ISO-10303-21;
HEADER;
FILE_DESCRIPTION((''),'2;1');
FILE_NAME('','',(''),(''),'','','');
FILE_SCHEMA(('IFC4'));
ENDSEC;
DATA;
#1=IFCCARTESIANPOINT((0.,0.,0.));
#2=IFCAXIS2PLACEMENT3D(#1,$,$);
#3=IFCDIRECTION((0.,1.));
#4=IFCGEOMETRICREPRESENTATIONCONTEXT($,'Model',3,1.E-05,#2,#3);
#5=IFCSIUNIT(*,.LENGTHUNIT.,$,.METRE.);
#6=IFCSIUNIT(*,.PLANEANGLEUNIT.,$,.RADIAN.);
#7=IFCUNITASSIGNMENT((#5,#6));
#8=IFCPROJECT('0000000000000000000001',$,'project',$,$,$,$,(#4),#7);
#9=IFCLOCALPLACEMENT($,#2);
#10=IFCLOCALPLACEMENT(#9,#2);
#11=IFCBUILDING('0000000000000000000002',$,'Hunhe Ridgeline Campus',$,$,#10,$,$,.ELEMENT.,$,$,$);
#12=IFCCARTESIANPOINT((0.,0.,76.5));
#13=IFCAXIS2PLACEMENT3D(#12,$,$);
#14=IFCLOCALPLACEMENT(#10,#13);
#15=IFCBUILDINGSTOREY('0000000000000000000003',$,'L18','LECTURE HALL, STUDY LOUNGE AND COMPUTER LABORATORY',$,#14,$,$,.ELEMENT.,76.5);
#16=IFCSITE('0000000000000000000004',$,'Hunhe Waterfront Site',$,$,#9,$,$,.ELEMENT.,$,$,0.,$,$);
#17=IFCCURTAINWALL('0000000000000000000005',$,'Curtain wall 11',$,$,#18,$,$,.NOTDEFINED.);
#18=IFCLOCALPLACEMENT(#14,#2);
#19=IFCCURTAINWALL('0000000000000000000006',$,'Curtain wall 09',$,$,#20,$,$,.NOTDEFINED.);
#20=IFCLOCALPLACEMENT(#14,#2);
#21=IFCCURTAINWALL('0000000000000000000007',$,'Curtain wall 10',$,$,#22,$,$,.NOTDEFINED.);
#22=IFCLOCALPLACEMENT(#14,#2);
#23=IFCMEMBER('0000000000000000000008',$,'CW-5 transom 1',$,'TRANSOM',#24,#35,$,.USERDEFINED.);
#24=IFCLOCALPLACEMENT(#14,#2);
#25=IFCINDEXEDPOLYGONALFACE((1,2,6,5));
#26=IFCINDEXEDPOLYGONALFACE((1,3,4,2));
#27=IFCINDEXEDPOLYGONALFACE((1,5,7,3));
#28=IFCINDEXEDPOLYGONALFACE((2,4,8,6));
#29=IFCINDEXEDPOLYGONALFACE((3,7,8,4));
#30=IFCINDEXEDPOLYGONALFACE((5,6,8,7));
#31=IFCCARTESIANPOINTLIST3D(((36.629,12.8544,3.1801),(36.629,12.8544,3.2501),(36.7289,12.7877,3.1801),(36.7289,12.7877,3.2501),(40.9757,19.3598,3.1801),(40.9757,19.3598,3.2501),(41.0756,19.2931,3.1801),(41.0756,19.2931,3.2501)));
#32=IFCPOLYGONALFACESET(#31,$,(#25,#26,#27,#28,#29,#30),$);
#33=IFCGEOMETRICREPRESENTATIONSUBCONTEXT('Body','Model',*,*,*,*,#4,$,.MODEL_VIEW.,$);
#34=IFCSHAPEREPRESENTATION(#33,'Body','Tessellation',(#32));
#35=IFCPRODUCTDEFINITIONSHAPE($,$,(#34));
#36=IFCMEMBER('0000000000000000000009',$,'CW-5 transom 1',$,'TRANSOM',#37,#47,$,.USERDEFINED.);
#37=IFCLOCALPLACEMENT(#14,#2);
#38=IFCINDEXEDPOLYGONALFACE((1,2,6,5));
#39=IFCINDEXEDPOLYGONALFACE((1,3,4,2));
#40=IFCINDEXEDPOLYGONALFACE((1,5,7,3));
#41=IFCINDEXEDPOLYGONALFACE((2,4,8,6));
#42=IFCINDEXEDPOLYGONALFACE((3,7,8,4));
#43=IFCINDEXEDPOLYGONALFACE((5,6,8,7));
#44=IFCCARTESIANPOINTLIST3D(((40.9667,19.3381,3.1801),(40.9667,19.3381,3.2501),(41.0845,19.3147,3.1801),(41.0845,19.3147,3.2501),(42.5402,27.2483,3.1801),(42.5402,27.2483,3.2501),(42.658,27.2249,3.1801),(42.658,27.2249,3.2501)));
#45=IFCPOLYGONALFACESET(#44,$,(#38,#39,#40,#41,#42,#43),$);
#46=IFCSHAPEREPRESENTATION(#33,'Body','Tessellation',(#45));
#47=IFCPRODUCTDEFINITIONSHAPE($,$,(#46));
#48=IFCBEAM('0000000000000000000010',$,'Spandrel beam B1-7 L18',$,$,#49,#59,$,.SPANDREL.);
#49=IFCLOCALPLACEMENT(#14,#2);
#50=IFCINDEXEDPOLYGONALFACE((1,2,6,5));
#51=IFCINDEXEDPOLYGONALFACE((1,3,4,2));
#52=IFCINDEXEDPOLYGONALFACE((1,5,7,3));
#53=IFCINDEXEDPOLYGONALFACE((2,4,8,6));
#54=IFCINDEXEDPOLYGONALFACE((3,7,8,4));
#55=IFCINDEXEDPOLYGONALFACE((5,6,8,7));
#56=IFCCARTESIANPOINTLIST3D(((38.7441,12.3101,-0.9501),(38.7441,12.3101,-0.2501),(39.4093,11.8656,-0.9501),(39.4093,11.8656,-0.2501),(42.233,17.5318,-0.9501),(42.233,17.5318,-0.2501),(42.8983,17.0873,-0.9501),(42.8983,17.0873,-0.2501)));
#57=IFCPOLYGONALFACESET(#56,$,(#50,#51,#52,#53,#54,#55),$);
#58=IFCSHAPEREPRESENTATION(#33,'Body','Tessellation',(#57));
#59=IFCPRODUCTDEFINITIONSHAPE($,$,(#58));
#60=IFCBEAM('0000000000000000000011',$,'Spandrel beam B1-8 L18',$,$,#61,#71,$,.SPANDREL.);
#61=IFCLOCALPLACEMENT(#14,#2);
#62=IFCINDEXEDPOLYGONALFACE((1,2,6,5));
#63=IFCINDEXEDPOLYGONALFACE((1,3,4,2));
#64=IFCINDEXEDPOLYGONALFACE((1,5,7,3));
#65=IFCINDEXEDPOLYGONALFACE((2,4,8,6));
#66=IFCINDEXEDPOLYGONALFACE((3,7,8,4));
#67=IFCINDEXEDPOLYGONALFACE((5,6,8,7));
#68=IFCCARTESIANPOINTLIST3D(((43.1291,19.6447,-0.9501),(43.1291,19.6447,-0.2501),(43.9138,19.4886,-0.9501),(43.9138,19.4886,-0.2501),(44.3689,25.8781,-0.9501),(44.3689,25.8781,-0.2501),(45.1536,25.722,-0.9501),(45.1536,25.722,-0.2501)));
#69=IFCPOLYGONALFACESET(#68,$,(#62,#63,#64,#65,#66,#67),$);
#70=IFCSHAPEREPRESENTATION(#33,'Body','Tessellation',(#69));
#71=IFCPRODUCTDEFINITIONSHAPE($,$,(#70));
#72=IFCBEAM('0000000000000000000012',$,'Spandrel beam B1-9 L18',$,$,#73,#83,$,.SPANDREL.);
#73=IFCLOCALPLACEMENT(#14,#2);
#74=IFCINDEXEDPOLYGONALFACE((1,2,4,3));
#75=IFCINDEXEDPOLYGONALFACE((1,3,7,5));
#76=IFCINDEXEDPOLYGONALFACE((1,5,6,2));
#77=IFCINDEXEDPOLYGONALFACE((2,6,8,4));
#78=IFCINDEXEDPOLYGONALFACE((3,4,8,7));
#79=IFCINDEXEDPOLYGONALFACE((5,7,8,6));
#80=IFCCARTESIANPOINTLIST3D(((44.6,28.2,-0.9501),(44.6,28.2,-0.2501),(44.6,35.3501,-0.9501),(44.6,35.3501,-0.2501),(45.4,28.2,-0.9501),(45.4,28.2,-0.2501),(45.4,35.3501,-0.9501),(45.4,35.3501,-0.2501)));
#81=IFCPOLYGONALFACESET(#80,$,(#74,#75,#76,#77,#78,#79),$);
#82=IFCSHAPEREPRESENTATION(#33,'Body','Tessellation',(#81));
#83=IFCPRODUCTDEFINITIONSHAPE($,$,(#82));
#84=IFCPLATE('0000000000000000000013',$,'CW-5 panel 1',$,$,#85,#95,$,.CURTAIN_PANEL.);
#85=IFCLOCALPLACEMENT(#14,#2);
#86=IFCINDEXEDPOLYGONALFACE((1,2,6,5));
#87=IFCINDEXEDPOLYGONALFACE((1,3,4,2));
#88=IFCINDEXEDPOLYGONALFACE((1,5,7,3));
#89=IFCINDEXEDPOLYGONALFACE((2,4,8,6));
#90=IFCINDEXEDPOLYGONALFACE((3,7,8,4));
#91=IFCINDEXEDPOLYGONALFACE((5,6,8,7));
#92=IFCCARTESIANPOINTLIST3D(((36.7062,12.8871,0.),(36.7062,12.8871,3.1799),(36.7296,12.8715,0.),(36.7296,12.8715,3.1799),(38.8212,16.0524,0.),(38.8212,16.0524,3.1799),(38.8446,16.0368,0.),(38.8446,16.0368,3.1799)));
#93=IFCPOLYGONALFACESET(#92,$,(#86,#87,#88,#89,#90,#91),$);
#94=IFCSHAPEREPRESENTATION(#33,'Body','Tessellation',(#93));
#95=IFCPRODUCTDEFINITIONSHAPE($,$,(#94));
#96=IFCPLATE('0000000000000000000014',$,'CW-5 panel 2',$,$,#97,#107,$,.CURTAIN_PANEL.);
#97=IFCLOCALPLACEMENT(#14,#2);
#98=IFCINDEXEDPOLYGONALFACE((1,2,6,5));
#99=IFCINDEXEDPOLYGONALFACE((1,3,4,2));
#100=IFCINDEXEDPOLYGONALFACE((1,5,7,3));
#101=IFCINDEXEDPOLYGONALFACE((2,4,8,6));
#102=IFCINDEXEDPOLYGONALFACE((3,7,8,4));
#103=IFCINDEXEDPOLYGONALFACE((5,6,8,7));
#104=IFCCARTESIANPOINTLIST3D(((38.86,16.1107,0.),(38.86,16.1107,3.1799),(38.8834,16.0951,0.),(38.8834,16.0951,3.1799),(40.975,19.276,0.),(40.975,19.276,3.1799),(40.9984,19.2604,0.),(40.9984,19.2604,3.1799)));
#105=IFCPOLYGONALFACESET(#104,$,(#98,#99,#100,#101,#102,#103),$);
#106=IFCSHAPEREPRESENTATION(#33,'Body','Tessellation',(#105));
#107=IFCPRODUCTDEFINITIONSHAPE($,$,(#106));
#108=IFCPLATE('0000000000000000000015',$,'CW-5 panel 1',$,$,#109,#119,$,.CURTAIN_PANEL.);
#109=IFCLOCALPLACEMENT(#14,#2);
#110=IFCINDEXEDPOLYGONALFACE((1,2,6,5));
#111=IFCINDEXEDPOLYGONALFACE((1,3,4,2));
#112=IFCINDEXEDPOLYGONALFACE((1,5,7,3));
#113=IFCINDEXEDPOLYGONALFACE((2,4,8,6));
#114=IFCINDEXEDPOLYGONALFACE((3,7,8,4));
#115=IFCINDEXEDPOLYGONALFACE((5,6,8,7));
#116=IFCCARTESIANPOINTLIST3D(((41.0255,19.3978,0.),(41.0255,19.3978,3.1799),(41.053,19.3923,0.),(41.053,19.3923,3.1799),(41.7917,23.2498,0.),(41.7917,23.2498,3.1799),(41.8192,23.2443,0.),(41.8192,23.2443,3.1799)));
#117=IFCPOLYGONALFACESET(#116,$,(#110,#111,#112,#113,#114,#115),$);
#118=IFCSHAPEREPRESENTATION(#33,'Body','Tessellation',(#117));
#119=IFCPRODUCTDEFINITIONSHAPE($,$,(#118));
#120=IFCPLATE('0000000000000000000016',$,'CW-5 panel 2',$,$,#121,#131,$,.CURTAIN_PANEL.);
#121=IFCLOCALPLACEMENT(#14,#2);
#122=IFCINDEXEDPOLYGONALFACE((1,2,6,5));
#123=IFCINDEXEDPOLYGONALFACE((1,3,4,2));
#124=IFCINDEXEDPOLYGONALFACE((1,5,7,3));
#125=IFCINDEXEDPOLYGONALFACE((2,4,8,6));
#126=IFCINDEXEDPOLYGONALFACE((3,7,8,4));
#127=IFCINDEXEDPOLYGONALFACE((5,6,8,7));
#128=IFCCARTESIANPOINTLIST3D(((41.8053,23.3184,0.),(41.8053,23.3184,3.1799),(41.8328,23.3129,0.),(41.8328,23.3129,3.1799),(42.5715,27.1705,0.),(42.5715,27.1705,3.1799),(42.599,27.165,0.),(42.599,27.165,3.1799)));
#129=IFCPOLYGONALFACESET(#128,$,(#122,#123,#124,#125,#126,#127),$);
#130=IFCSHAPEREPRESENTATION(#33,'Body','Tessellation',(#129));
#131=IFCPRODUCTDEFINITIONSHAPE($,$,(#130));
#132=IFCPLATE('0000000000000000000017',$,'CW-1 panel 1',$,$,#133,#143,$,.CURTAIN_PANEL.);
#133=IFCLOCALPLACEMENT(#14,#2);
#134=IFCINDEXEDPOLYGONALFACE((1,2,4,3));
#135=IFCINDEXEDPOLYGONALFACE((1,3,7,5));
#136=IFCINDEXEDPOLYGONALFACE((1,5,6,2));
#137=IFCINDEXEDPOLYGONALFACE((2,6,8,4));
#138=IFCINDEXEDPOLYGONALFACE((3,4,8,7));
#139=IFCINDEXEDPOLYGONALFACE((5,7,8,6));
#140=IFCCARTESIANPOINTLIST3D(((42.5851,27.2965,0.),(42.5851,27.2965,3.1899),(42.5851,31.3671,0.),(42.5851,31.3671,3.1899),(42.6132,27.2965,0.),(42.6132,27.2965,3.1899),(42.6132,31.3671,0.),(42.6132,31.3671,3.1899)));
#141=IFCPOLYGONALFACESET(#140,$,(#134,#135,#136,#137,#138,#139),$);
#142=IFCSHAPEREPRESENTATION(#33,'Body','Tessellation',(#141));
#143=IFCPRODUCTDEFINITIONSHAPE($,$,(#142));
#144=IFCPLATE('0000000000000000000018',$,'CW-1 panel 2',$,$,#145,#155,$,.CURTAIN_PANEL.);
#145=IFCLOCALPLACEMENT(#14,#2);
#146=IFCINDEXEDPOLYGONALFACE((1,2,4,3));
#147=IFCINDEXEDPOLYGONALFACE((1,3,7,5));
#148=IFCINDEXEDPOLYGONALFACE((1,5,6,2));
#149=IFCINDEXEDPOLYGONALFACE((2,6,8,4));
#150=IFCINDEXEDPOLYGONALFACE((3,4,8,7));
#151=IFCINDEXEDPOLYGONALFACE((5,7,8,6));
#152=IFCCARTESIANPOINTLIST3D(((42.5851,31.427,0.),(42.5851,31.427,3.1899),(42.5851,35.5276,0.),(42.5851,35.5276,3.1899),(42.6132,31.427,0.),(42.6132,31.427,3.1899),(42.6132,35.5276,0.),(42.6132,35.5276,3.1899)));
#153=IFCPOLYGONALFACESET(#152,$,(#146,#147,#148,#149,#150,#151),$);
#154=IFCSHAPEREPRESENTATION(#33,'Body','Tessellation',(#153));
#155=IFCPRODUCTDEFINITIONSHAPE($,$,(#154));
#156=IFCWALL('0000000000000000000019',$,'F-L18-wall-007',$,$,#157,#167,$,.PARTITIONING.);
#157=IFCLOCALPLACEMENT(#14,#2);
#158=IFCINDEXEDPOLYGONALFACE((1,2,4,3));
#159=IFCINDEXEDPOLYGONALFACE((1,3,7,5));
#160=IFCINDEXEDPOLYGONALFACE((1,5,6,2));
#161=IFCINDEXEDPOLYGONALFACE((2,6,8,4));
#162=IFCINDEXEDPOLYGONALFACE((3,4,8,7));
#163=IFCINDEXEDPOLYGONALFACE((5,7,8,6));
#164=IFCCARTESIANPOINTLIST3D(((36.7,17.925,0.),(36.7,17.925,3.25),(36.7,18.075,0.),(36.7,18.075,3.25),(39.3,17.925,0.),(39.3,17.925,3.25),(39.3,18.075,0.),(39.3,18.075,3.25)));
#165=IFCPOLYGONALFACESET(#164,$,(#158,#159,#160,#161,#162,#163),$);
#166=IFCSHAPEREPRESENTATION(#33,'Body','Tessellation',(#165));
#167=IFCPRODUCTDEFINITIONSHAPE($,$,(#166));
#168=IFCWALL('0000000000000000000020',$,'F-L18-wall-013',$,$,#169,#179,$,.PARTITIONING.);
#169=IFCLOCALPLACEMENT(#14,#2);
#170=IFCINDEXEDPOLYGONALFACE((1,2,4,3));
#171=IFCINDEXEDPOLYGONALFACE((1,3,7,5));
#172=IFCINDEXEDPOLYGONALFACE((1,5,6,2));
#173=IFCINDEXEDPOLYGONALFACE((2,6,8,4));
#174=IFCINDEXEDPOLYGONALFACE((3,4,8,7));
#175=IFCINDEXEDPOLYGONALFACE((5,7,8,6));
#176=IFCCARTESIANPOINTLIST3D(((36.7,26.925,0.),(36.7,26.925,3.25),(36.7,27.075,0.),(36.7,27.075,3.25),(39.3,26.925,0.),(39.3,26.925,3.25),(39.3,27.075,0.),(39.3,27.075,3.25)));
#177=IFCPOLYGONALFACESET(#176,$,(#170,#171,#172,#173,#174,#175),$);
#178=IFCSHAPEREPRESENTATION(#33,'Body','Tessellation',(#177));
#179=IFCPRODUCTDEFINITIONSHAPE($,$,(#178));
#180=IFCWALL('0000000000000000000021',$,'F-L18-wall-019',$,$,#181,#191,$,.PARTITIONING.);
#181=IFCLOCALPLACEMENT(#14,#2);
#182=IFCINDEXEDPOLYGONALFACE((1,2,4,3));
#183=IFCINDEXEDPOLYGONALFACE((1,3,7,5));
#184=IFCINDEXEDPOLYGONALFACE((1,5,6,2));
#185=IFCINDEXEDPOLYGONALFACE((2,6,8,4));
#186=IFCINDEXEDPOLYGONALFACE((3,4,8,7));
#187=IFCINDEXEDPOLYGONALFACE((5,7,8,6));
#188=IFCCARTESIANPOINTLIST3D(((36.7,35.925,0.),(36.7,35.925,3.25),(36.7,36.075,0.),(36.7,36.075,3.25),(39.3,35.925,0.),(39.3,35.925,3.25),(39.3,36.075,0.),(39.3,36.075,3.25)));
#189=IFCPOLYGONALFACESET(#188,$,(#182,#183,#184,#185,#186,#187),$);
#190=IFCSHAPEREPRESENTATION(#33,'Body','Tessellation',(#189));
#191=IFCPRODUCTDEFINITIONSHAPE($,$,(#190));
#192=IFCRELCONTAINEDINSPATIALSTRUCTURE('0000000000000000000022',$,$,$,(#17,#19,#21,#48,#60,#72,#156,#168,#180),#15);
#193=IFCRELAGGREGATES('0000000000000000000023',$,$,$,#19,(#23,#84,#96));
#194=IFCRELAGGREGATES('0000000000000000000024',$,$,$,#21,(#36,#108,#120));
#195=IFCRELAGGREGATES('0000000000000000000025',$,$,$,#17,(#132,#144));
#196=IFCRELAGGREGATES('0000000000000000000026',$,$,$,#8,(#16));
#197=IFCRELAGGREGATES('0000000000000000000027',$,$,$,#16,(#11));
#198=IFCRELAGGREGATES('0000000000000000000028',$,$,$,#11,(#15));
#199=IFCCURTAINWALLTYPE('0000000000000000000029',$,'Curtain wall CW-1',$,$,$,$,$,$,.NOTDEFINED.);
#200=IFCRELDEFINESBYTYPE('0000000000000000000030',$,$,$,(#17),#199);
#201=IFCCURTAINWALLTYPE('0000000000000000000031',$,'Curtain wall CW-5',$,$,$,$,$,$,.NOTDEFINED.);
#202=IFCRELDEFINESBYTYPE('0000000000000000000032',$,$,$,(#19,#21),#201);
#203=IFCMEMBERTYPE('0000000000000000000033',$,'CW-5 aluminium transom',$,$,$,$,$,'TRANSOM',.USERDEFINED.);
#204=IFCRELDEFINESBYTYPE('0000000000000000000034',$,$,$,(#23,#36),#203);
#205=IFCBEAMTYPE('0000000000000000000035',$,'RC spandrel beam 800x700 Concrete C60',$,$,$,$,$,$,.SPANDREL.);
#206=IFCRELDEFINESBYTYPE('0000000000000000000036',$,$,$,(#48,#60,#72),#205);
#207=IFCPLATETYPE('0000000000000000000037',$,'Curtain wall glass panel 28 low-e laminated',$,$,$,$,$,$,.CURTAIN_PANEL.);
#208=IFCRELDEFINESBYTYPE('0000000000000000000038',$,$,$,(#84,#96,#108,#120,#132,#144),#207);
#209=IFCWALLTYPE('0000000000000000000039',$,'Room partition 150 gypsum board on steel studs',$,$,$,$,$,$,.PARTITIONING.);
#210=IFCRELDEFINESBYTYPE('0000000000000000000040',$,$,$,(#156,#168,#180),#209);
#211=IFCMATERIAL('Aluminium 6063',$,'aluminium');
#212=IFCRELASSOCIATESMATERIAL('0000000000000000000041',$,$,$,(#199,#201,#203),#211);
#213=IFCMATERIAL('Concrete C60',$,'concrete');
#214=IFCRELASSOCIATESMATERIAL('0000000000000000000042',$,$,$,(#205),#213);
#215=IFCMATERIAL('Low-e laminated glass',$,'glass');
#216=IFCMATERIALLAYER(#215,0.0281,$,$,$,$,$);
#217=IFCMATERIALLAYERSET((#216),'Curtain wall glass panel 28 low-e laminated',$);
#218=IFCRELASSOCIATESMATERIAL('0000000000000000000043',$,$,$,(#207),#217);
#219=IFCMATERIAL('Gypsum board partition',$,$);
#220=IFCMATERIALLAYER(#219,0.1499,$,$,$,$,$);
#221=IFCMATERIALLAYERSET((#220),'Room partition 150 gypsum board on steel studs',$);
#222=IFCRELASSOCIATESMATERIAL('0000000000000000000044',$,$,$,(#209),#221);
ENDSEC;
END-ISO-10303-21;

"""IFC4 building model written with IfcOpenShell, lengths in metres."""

from ifc_helpers import new_model, si_unit, direction, frame, frame_2d, origin, origin_2d, place, context, subcontext, project, spatial, rectangle, extrude, material, layer, layer_set, material_profile, profile_set, type_object, element, aggregate, save


model = new_model("IFC4")

# Units and contexts
model_context = context("Model", 3, precision=1e-05, world=origin(), true_north=direction((0.0, 1.0)))
body_context = subcontext(model_context, "Body", "Model", "MODEL_VIEW")
ifc_project = project(units=[si_unit("LENGTHUNIT", "METRE"), si_unit("PLANEANGLEUNIT", "RADIAN")], contexts=[model_context])

# Site, building, storey
site_placement = place(None, origin())
site = spatial("IfcSite", under=ifc_project, at=site_placement, Name="Hunhe Waterfront Site", CompositionType="ELEMENT", RefElevation=0.0)
building_placement = place(site_placement, origin())
building = spatial("IfcBuilding", under=site, at=building_placement, Name="Hunhe Ridgeline Campus", CompositionType="ELEMENT")
storey_placement = place(building_placement, frame((0.0, 0.0, 76.5)))
storey = spatial("IfcBuildingStorey", under=building, at=storey_placement, Name="L18", Description="LECTURE HALL, STUDY LOUNGE AND COMPUTER LABORATORY", CompositionType="ELEMENT", Elevation=76.5)

# Curtain wall
ifc_material_1 = material(Name="Aluminium 6063", Category="aluminium")
curtain_wall_type_1 = type_object("IfcCurtainWallType", Name="Curtain wall CW-1", PredefinedType="NOTDEFINED", material=ifc_material_1)
curtain_wall_1_placement = place(storey_placement, origin())
curtain_wall_1 = element("IfcCurtainWall", 1, at=curtain_wall_1_placement, inside=storey, type_object=curtain_wall_type_1, Name="Curtain wall 11", PredefinedType="NOTDEFINED")

# Shared definitions
curtain_wall_type_2 = type_object("IfcCurtainWallType", Name="Curtain wall CW-5", PredefinedType="NOTDEFINED", material=ifc_material_1)

# Curtain walls
curtain_wall_2_placement = place(storey_placement, origin())
curtain_wall_2 = element("IfcCurtainWall", 2, at=curtain_wall_2_placement, inside=storey, type_object=curtain_wall_type_2, Name="Curtain wall 09", PredefinedType="NOTDEFINED")
curtain_wall_3_placement = place(storey_placement, origin())
curtain_wall_3 = element("IfcCurtainWall", 3, at=curtain_wall_3_placement, inside=storey, type_object=curtain_wall_type_2, Name="Curtain wall 10", PredefinedType="NOTDEFINED")

# Members
ifc_material_profile_1 = material_profile(ifc_material_1, rectangle(XDim=0.1201, YDim=0.0701, at=origin_2d()))
ifc_profile_set_1 = profile_set([ifc_material_profile_1], Name="Aluminium 6063")
member_type_1 = type_object("IfcMemberType", Name="CW-5 aluminium transom", ElementType="TRANSOM", PredefinedType="USERDEFINED", material=ifc_profile_set_1)
member_1_placement = place(storey_placement, frame((36.679, 12.821, 3.2151), z_axis=(0.555564, 0.831474, 0.0), x_axis=(-0.831474, 0.555564, 0.0)))
member_1 = element("IfcMember", 4, at=member_1_placement, type_object=member_type_1, Name="CW-5 transom 1", ObjectType="TRANSOM", PredefinedType="USERDEFINED", context=body_context, shape_type="SweptSolid", body=[
    extrude(rectangle(XDim=0.1201, YDim=0.0701, at=origin_2d()), origin(), (0.0, 0.0, 1.0), 7.824),
])
member_2_placement = place(storey_placement, frame((41.0256, 19.3264, 3.2151), z_axis=(0.195097, 0.980784, 0.0), x_axis=(-0.980784, 0.195097, 0.0)))
member_2 = element("IfcMember", 5, at=member_2_placement, type_object=member_type_1, Name="CW-5 transom 1", ObjectType="TRANSOM", PredefinedType="USERDEFINED", context=body_context, shape_type="SweptSolid", body=[
    extrude(rectangle(XDim=0.1201, YDim=0.0701, at=origin_2d()), origin(), (0.0, 0.0, 1.0), 8.0652),
])

# Beams
ifc_material_2 = material(Name="Concrete C60", Category="concrete")
ifc_material_profile_2 = material_profile(ifc_material_2, rectangle(XDim=0.8, YDim=0.7, at=origin_2d()))
ifc_profile_set_2 = profile_set([ifc_material_profile_2], Name="Concrete C60")
beam_type = type_object("IfcBeamType", Name="RC spandrel beam 800x700 Concrete C60", PredefinedType="SPANDREL", material=ifc_profile_set_2)
beam_1_placement = place(storey_placement, frame((39.0767, 12.0879, -0.6001), z_axis=(0.55557, 0.83147, 0.0), x_axis=(-0.83147, 0.55557, 0.0)))
element("IfcBeam", 6, at=beam_1_placement, inside=storey, type_object=beam_type, Name="Spandrel beam B1-7 L18", PredefinedType="SPANDREL", context=body_context, shape_type="SweptSolid", body=[
    extrude(rectangle(XDim=0.8, YDim=0.7, at=origin_2d()), origin(), (0.0, 0.0, 1.0), 6.28),
])
beam_2_placement = place(storey_placement, frame((43.5215, 19.5667, -0.6001), z_axis=(0.195067, 0.98079, 0.0), x_axis=(-0.98079, 0.195067, 0.0)))
element("IfcBeam", 7, at=beam_2_placement, inside=storey, type_object=beam_type, Name="Spandrel beam B1-8 L18", PredefinedType="SPANDREL", context=body_context, shape_type="SweptSolid", body=[
    extrude(rectangle(XDim=0.8, YDim=0.7, at=origin_2d()), origin(), (0.0, 0.0, 1.0), 6.3555),
])
beam_3_placement = place(storey_placement, frame((45.0, 28.2, -0.6001), z_axis=(0.0, 1.0, 0.0), x_axis=(-1.0, 0.0, 0.0)))
element("IfcBeam", 8, at=beam_3_placement, inside=storey, type_object=beam_type, Name="Spandrel beam B1-9 L18", PredefinedType="SPANDREL", context=body_context, shape_type="SweptSolid", body=[
    extrude(rectangle(XDim=0.8, YDim=0.7, at=origin_2d()), origin(), (0.0, 0.0, 1.0), 7.1501),
])

# Plates
ifc_material_3 = material(Name="Low-e laminated glass", Category="glass")
ifc_layer_1 = layer(ifc_material_3, 0.0281)
ifc_layer_set_1 = layer_set([ifc_layer_1], Name="Curtain wall glass panel 28 low-e laminated")
plate_type = type_object("IfcPlateType", Name="Curtain wall glass panel 28 low-e laminated", PredefinedType="CURTAIN_PANEL", material=ifc_layer_set_1)
plate_1_placement = place(storey_placement, frame((37.7754, 14.4619, 0.0), z_axis=(0.0, 0.0, 1.0), x_axis=(0.55557, 0.83147, 0.0)))
plate_1 = element("IfcPlate", 9, at=plate_1_placement, type_object=plate_type, Name="CW-5 panel 1", PredefinedType="CURTAIN_PANEL", context=body_context, shape_type="SweptSolid", body=[
    extrude(rectangle(XDim=3.8069, YDim=0.0281, at=origin_2d()), origin(), (0.0, 0.0, 1.0), 3.1799),
])
plate_2_placement = place(storey_placement, frame((39.9292, 17.6855, 0.0), z_axis=(0.0, 0.0, 1.0), x_axis=(0.55557, 0.83147, 0.0)))
plate_2 = element("IfcPlate", 10, at=plate_2_placement, type_object=plate_type, Name="CW-5 panel 2", PredefinedType="CURTAIN_PANEL", context=body_context, shape_type="SweptSolid", body=[
    extrude(rectangle(XDim=3.8069, YDim=0.0281, at=origin_2d()), origin(), (0.0, 0.0, 1.0), 3.1799),
])
aggregate(curtain_wall_2, [member_1, plate_1, plate_2])
plate_3_placement = place(storey_placement, frame((41.4224, 21.321, 0.0), z_axis=(0.0, 0.0, 1.0), x_axis=(0.19509, 0.980785, 0.0)))
plate_3 = element("IfcPlate", 11, at=plate_3_placement, type_object=plate_type, Name="CW-5 panel 1", PredefinedType="CURTAIN_PANEL", context=body_context, shape_type="SweptSolid", body=[
    extrude(rectangle(XDim=3.9275, YDim=0.0281, at=origin_2d()), origin(), (0.0, 0.0, 1.0), 3.1799),
])
plate_4_placement = place(storey_placement, frame((42.2021, 25.2417, 0.0), z_axis=(0.0, 0.0, 1.0), x_axis=(0.19509, 0.980785, 0.0)))
plate_4 = element("IfcPlate", 12, at=plate_4_placement, type_object=plate_type, Name="CW-5 panel 2", PredefinedType="CURTAIN_PANEL", context=body_context, shape_type="SweptSolid", body=[
    extrude(rectangle(XDim=3.9275, YDim=0.0281, at=origin_2d()), origin(), (0.0, 0.0, 1.0), 3.1799),
])
aggregate(curtain_wall_3, [member_2, plate_3, plate_4])
plate_5_placement = place(storey_placement, frame((42.5991, 29.3318, 0.0), z_axis=(0.0, 0.0, 1.0), x_axis=(0.0, 1.0, 0.0)))
plate_5 = element("IfcPlate", 13, at=plate_5_placement, type_object=plate_type, Name="CW-1 panel 1", PredefinedType="CURTAIN_PANEL", context=body_context, shape_type="SweptSolid", body=[
    extrude(rectangle(XDim=4.0706, YDim=0.0281, at=origin_2d()), origin(), (0.0, 0.0, 1.0), 3.1899),
])
plate_6_placement = place(storey_placement, frame((42.5991, 33.4773, 0.0), z_axis=(0.0, 0.0, 1.0), x_axis=(0.0, 1.0, 0.0)))
plate_6 = element("IfcPlate", 14, at=plate_6_placement, type_object=plate_type, Name="CW-1 panel 2", PredefinedType="CURTAIN_PANEL", context=body_context, shape_type="SweptSolid", body=[
    extrude(rectangle(XDim=4.1006, YDim=0.0281, at=origin_2d()), origin(), (0.0, 0.0, 1.0), 3.1899),
])
aggregate(curtain_wall_1, [plate_5, plate_6])

# Shared definitions
ifc_material_4 = material(Name="Gypsum board partition")

# Walls
ifc_layer_2 = layer(ifc_material_4, 0.1499)
ifc_layer_set_2 = layer_set([ifc_layer_2], Name="Room partition 150 gypsum board on steel studs")
wall_type_1 = type_object("IfcWallType", Name="Room partition 150 gypsum board on steel studs", PredefinedType="PARTITIONING", material=ifc_layer_set_2)
for number, where, z_axis, x_axis, name in (
    (15, (36.7, 18.0, 0.0), (0.0, 0.0, 1.0), (1.0, 0.0, 0.0), "F-L18-wall-007"),
    (16, (36.7, 27.0, 0.0), (0.0, 0.0, 1.0), (1.0, 0.0, 0.0), "F-L18-wall-013"),
    (17, (36.7, 36.0, 0.0), (0.0, 0.0, 1.0), (1.0, 0.0, 0.0), "F-L18-wall-019"),
):
    element("IfcWall", number, at=place(storey_placement, frame(where, z_axis=z_axis, x_axis=x_axis)), inside=storey, type_object=wall_type_1, Name=name, PredefinedType="PARTITIONING", context=body_context, shape_type="SweptSolid", body=[
        extrude(rectangle(XDim=2.6001, YDim=0.1499, at=frame_2d((1.3, 0.0))), origin(), (0.0, 0.0, 1.0), 3.25),
    ])

save(model, "model.ifc")
